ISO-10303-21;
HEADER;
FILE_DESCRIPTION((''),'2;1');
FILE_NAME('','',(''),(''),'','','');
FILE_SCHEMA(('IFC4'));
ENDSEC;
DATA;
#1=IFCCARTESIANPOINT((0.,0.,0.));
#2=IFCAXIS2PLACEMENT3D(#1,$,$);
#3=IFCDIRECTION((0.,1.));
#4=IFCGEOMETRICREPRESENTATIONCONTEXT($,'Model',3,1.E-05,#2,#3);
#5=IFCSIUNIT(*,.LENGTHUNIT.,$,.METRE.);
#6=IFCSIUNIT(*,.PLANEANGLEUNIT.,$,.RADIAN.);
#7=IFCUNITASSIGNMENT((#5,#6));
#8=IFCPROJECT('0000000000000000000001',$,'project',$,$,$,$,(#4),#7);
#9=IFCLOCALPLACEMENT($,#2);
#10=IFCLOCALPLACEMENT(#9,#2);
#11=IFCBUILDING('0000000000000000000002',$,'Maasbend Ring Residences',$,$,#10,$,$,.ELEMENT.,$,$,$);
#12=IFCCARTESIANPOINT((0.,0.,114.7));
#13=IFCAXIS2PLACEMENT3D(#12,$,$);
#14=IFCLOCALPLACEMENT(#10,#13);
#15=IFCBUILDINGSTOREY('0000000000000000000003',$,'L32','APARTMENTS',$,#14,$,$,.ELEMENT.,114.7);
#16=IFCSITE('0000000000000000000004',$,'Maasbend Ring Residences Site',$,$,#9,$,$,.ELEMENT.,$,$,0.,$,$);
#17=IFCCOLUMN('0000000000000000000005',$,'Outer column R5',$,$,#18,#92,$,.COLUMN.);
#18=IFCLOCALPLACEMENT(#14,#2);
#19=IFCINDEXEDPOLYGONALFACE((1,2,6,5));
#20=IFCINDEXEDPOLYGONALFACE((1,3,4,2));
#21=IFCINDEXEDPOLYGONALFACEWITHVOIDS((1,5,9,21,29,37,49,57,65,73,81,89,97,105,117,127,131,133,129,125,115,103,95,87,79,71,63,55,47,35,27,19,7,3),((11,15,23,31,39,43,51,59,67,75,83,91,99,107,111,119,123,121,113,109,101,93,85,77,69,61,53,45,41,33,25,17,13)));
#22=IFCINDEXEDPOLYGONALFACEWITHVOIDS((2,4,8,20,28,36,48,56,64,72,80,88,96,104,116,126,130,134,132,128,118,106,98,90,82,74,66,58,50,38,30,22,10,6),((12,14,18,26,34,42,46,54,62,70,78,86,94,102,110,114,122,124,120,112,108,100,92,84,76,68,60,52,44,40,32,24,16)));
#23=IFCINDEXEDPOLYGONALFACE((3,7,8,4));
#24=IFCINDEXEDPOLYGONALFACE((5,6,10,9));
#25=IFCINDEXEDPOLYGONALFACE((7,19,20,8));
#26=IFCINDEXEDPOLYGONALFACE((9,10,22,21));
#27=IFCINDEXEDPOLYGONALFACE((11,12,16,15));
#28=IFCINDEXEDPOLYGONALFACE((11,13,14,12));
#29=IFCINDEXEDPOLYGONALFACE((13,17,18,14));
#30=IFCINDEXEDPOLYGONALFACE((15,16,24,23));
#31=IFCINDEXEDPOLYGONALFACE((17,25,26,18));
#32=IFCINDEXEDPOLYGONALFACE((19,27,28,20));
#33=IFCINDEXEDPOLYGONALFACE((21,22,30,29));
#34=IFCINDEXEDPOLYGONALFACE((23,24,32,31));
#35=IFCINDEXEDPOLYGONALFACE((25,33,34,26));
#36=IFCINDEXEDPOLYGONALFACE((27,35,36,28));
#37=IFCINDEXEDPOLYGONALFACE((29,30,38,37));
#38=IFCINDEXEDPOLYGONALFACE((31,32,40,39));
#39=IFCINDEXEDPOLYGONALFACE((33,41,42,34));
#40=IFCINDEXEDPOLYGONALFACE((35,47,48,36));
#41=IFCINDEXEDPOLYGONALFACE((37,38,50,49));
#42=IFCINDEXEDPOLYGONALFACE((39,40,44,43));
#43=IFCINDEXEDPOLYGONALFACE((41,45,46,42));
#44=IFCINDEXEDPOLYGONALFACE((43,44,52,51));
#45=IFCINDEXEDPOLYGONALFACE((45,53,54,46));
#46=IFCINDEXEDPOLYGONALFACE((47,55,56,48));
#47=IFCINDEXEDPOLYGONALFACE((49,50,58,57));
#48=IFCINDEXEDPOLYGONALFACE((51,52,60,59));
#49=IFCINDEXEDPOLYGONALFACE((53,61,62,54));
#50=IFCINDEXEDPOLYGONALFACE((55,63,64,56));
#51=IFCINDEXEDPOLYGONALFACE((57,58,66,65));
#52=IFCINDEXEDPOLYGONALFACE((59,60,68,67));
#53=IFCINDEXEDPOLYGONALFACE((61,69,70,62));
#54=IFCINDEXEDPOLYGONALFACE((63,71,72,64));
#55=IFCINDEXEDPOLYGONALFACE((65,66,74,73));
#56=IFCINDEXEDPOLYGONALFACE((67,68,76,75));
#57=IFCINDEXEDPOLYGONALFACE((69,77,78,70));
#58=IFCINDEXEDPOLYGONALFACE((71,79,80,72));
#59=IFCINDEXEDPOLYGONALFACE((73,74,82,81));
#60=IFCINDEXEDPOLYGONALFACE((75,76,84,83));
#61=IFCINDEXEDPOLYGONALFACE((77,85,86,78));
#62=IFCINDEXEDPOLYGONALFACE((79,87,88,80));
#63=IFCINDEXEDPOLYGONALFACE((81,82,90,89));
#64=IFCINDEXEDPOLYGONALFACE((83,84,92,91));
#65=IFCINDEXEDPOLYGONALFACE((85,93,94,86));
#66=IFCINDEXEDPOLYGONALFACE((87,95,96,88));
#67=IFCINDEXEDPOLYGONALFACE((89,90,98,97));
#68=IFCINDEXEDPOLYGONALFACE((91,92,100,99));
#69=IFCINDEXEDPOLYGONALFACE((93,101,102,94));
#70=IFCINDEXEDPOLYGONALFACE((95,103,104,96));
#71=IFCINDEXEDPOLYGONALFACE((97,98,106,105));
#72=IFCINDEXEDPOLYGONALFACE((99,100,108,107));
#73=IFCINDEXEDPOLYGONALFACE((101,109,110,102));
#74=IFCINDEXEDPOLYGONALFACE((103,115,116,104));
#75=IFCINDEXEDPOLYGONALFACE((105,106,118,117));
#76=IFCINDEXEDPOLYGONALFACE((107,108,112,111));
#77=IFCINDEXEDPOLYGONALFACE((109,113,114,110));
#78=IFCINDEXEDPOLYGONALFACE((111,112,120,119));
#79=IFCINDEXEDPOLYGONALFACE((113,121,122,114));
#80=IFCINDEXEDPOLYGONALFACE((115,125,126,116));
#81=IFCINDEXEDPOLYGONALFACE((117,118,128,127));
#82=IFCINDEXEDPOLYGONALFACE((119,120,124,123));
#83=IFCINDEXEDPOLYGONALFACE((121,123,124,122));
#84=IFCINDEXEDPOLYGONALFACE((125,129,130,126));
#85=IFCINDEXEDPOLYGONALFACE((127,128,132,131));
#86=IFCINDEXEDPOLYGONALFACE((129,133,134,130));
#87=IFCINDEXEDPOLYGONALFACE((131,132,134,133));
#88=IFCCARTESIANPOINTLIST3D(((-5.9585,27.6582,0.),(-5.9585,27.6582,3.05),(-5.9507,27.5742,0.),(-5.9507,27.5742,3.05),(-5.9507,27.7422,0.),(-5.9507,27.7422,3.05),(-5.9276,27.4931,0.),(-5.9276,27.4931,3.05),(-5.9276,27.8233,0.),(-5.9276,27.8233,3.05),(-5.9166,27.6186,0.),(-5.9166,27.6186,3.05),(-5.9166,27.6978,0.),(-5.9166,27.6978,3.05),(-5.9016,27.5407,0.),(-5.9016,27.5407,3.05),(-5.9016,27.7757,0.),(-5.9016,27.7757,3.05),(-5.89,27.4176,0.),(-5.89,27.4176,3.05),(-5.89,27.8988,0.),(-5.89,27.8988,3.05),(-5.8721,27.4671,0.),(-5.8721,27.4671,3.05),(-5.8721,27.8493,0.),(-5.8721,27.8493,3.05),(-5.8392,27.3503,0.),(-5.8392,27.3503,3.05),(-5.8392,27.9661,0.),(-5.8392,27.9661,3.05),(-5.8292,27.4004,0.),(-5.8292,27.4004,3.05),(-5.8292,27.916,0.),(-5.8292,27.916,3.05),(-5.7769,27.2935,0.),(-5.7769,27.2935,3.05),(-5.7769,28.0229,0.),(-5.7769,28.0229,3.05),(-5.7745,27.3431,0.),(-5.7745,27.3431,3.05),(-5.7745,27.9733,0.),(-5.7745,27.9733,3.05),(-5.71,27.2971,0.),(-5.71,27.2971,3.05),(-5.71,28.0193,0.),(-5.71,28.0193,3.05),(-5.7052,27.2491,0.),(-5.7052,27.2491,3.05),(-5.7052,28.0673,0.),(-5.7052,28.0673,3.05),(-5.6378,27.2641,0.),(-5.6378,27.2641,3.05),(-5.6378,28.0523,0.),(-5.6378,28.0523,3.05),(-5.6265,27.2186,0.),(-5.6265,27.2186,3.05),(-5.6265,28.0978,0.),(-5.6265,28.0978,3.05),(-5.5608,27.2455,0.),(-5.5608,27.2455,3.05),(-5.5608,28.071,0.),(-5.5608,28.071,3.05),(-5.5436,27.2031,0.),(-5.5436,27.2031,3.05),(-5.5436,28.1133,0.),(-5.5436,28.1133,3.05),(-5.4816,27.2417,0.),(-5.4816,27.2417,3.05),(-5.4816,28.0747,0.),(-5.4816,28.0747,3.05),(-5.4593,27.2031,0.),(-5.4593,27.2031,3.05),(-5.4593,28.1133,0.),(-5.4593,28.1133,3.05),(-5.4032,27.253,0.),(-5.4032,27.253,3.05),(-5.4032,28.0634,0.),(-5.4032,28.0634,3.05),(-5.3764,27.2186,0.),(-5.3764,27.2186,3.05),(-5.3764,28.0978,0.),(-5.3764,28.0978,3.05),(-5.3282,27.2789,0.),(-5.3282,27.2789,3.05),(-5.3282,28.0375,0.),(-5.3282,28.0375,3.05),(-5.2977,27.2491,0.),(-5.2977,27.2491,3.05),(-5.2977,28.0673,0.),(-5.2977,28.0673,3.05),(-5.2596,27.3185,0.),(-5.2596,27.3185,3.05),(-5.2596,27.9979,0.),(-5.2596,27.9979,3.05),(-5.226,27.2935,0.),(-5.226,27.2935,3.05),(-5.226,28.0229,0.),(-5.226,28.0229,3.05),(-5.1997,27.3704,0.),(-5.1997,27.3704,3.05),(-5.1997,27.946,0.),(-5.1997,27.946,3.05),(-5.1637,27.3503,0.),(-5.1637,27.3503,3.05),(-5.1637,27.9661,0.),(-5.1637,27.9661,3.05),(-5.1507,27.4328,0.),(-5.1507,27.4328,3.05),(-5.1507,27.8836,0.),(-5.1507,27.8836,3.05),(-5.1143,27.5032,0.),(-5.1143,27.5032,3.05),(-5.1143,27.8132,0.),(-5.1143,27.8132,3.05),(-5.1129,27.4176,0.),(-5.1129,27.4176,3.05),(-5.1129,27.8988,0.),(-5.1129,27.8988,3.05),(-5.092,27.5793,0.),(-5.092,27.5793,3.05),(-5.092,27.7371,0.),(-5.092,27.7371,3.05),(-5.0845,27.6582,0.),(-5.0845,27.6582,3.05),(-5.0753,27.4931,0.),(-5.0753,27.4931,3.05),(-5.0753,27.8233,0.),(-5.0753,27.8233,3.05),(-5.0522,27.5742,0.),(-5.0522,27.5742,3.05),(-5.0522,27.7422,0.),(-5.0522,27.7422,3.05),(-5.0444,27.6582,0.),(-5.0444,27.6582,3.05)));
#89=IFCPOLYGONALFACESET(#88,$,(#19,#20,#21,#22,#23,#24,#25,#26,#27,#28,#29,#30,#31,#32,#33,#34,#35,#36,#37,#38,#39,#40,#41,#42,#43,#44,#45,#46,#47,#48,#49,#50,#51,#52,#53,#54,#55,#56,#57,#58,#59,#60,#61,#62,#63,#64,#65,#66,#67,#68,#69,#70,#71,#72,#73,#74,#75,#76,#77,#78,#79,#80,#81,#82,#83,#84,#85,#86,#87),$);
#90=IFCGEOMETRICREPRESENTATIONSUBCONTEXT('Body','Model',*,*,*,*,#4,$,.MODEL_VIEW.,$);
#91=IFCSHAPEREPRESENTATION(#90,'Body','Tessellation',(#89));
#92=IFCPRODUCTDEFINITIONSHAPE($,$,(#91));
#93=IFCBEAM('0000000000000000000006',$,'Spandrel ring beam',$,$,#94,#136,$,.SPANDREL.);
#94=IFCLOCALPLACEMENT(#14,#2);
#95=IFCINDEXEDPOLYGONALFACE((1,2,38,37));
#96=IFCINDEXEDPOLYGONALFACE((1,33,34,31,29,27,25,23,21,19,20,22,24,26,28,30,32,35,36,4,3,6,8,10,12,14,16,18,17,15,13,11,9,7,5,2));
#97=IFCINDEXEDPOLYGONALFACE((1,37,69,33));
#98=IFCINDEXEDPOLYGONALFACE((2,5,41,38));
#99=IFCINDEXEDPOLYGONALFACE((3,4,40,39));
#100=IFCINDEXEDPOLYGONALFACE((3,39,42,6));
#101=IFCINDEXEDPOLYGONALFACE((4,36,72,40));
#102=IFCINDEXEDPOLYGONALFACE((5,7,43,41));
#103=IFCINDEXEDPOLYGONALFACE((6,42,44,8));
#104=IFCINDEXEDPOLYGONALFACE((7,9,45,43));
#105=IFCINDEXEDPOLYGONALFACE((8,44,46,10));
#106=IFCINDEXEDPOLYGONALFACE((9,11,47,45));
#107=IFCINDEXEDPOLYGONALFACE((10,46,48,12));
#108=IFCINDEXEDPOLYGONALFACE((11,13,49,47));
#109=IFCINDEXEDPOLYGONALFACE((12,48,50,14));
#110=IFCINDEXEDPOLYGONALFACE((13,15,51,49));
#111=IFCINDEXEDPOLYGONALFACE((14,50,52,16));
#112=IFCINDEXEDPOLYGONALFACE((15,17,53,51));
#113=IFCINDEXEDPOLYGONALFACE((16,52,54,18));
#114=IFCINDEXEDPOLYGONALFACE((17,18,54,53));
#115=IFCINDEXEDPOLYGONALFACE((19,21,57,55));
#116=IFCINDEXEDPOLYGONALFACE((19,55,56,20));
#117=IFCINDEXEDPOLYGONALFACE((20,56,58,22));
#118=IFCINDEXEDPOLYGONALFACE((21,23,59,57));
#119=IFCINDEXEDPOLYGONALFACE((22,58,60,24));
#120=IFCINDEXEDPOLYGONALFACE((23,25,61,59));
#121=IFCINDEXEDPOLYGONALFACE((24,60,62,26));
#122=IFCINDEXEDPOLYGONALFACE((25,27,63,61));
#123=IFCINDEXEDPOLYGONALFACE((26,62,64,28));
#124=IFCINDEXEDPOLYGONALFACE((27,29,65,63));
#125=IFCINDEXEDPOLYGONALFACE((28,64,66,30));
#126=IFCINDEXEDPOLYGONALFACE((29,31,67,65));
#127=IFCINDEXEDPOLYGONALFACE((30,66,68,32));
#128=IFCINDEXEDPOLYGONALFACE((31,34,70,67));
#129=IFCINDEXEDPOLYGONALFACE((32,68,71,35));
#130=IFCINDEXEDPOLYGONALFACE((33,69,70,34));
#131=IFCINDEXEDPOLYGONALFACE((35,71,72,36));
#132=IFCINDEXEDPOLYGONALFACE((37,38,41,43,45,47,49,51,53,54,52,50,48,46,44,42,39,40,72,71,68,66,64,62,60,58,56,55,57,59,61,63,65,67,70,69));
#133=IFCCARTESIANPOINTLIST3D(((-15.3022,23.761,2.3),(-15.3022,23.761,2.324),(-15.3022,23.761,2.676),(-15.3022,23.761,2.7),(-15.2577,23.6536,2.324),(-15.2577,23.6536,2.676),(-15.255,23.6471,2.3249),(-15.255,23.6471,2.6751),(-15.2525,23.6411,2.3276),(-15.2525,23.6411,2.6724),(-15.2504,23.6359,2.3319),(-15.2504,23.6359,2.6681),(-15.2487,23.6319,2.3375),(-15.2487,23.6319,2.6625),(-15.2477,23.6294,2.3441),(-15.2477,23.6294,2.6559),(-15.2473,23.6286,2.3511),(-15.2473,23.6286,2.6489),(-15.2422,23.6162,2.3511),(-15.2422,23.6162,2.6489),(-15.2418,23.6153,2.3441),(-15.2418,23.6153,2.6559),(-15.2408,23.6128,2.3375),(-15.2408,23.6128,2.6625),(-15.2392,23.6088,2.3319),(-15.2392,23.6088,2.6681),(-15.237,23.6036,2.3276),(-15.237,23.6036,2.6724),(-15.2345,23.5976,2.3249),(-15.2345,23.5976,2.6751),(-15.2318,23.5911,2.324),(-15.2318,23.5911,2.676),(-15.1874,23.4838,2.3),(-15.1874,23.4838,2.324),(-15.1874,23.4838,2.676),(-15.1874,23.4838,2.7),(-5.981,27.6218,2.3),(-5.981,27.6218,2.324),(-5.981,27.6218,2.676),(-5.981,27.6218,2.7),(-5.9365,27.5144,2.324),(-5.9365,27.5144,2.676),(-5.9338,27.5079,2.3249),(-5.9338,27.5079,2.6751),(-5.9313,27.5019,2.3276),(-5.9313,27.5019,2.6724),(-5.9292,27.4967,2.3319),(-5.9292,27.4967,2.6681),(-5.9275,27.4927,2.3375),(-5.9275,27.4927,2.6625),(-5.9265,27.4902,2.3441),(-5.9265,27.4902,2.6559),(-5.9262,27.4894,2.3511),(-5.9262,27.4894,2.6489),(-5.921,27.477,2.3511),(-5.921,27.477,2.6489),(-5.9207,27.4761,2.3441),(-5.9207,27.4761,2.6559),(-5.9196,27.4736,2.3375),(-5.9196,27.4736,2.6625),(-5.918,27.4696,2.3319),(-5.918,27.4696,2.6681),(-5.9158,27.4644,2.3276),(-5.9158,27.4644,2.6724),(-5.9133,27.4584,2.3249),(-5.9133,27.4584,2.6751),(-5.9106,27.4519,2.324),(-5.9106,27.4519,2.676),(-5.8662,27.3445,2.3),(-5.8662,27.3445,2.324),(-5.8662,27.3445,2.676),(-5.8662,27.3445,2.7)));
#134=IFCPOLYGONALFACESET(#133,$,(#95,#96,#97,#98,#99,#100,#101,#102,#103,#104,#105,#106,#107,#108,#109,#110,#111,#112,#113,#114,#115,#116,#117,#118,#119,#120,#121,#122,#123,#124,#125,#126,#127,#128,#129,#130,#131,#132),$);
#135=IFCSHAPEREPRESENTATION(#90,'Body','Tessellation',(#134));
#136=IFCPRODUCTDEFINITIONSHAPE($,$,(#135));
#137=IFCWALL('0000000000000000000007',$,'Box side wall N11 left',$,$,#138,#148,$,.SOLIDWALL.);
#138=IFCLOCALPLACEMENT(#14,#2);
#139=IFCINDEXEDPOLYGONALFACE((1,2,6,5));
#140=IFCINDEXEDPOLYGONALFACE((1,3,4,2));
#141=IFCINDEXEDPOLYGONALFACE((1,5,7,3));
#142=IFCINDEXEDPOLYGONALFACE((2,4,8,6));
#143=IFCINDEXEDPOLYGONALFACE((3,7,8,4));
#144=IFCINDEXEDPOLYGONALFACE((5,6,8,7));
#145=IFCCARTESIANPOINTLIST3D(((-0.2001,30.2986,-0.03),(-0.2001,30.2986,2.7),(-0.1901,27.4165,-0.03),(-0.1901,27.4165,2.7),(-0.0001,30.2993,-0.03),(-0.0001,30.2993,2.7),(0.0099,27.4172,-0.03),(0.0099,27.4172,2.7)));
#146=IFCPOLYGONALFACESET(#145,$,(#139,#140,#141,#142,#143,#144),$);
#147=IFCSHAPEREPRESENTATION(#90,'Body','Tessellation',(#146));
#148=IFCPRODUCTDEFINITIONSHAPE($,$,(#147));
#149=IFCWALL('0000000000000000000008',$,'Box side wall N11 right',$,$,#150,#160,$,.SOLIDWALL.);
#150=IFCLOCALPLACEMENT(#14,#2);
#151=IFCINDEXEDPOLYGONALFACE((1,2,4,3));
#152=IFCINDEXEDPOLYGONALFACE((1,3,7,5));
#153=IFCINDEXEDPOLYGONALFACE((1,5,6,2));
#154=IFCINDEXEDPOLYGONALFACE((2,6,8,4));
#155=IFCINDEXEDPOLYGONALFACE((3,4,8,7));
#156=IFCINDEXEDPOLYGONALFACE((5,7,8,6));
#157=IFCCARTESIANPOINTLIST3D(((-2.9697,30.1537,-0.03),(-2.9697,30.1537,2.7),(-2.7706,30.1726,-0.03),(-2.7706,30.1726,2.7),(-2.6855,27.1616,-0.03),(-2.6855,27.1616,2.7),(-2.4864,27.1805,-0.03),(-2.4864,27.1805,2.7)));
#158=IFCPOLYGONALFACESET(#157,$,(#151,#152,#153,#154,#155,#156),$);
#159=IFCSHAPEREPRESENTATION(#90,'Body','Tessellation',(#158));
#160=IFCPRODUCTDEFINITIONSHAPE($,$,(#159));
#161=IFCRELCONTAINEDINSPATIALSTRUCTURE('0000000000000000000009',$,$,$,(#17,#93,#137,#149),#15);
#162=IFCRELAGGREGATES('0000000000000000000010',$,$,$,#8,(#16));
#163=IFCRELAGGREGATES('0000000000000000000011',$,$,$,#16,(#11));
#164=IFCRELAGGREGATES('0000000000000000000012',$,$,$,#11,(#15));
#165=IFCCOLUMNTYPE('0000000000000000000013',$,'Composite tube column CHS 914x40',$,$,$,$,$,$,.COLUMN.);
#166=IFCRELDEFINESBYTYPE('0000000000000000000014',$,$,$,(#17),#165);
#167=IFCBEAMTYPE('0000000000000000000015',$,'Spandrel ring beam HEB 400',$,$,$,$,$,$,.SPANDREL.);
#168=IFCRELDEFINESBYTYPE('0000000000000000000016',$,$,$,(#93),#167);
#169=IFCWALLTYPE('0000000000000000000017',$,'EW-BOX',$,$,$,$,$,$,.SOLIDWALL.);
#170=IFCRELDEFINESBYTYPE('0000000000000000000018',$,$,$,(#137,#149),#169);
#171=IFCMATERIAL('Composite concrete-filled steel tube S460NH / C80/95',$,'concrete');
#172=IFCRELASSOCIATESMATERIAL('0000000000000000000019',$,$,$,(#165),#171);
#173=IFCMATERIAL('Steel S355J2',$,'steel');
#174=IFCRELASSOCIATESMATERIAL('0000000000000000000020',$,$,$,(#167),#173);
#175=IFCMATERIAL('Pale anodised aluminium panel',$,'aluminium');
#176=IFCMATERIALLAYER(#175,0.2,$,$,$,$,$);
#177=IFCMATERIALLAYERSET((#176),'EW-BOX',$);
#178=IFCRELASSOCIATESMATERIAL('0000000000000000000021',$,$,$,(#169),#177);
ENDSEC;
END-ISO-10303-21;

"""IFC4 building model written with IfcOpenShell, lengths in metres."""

from ifc_helpers import new_model, si_unit, direction, frame, frame_2d, origin, origin_2d, place, context, subcontext, project, spatial, rectangle, hollow_circle, i_section, extrude, material, layer, layer_set, material_profile, profile_set, type_object, element, save


model = new_model("IFC4")

# Units and contexts
model_context = context("Model", 3, precision=1e-05, world=origin(), true_north=direction((0.0, 1.0)))
body_context = subcontext(model_context, "Body", "Model", "MODEL_VIEW")
ifc_project = project(units=[si_unit("LENGTHUNIT", "METRE"), si_unit("PLANEANGLEUNIT", "RADIAN")], contexts=[model_context])

# Site, building, storey
site_placement = place(None, origin())
site = spatial("IfcSite", under=ifc_project, at=site_placement, Name="Maasbend Ring Residences Site", CompositionType="ELEMENT", RefElevation=0.0)
building_placement = place(site_placement, origin())
building = spatial("IfcBuilding", under=site, at=building_placement, Name="Maasbend Ring Residences", CompositionType="ELEMENT")
storey_placement = place(building_placement, frame((0.0, 0.0, 114.7)))
storey = spatial("IfcBuildingStorey", under=building, at=storey_placement, Name="L32", Description="APARTMENTS", CompositionType="ELEMENT", Elevation=114.7)

# Column
ifc_material_1 = material(Name="Composite concrete-filled steel tube S460NH / C80/95", Category="concrete")
ifc_material_profile_1 = material_profile(ifc_material_1, hollow_circle(Radius=0.457, WallThickness=0.04, at=origin_2d()), Name="Composite tube column CHS 914x40")
ifc_profile_set_1 = profile_set([ifc_material_profile_1], Name="Composite concrete-filled steel tube S460NH / C80/95")
column_type = type_object("IfcColumnType", Name="Composite tube column CHS 914x40", PredefinedType="COLUMN", material=ifc_profile_set_1)
column_placement = place(storey_placement, frame((-5.5015, 27.6582, 0.0), z_axis=(0.0, 0.0, 1.0), x_axis=(1.0, 0.0, 0.0)))
element("IfcColumn", 1, at=column_placement, inside=storey, type_object=column_type, Name="Outer column R5", PredefinedType="COLUMN", context=body_context, shape_type="SweptSolid", body=[
    extrude(hollow_circle(Radius=0.457, WallThickness=0.04, at=origin_2d()), origin(), (0.0, 0.0, 1.0), 3.05),
])

# Beam
ifc_material_2 = material(Name="Steel S355J2", Category="steel")
ifc_material_profile_2 = material_profile(ifc_material_2, i_section(OverallWidth=0.3, OverallDepth=0.3999, WebThickness=0.0134, FlangeThickness=0.0239, FilletRadius=0.0271, at=origin_2d()), Name="HEB 400")
ifc_profile_set_2 = profile_set([ifc_material_profile_2], Name="Steel S355J2")
beam_type = type_object("IfcBeamType", Name="Spandrel ring beam HEB 400", PredefinedType="SPANDREL", material=ifc_profile_set_2)
beam_placement = place(storey_placement, frame((-5.9236, 27.4832, 2.5), z_axis=(-0.923885, -0.38267, 0.0), x_axis=(0.38267, -0.923885, 0.0)))
element("IfcBeam", 2, at=beam_placement, inside=storey, type_object=beam_type, Name="Spandrel ring beam", PredefinedType="SPANDREL", context=body_context, shape_type="SweptSolid", body=[
    extrude(i_section(OverallWidth=0.3, OverallDepth=0.3999, WebThickness=0.0134, FlangeThickness=0.0239, FilletRadius=0.0271, at=origin_2d()), origin(), (0.0, 0.0, 1.0), 10.0891),
])

# Walls
ifc_material_3 = material(Name="Pale anodised aluminium panel", Category="aluminium")
ifc_layer_1 = layer(ifc_material_3, 0.2)
ifc_layer_set_1 = layer_set([ifc_layer_1], Name="EW-BOX")
wall_type_1 = type_object("IfcWallType", Name="EW-BOX", PredefinedType="SOLIDWALL", material=ifc_layer_set_1)
wall_1_placement = place(storey_placement, frame((-0.0901, 27.417, -0.03), z_axis=(0.0, 0.0, 1.0), x_axis=(-0.003473, 0.999994, 0.0)))
element("IfcWall", 3, at=wall_1_placement, inside=storey, type_object=wall_type_1, Name="Box side wall N11 left", PredefinedType="SOLIDWALL", context=body_context, shape_type="SweptSolid", body=[
    extrude(rectangle(XDim=2.8821, YDim=0.2, at=frame_2d((1.4409, 0.0))), origin(), (0.0, 0.0, 1.0), 2.73),
])
wall_2_placement = place(storey_placement, frame((-2.5859, 27.1709, -0.03), z_axis=(0.0, 0.0, 1.0), x_axis=(-0.094548, 0.99552, 0.0)))
element("IfcWall", 4, at=wall_2_placement, inside=storey, type_object=wall_type_1, Name="Box side wall N11 right", PredefinedType="SOLIDWALL", context=body_context, shape_type="SweptSolid", body=[
    extrude(rectangle(XDim=3.0056, YDim=0.2, at=frame_2d((1.5029, 0.0))), origin(), (0.0, 0.0, 1.0), 2.73),
])

save(model, "model.ifc")
